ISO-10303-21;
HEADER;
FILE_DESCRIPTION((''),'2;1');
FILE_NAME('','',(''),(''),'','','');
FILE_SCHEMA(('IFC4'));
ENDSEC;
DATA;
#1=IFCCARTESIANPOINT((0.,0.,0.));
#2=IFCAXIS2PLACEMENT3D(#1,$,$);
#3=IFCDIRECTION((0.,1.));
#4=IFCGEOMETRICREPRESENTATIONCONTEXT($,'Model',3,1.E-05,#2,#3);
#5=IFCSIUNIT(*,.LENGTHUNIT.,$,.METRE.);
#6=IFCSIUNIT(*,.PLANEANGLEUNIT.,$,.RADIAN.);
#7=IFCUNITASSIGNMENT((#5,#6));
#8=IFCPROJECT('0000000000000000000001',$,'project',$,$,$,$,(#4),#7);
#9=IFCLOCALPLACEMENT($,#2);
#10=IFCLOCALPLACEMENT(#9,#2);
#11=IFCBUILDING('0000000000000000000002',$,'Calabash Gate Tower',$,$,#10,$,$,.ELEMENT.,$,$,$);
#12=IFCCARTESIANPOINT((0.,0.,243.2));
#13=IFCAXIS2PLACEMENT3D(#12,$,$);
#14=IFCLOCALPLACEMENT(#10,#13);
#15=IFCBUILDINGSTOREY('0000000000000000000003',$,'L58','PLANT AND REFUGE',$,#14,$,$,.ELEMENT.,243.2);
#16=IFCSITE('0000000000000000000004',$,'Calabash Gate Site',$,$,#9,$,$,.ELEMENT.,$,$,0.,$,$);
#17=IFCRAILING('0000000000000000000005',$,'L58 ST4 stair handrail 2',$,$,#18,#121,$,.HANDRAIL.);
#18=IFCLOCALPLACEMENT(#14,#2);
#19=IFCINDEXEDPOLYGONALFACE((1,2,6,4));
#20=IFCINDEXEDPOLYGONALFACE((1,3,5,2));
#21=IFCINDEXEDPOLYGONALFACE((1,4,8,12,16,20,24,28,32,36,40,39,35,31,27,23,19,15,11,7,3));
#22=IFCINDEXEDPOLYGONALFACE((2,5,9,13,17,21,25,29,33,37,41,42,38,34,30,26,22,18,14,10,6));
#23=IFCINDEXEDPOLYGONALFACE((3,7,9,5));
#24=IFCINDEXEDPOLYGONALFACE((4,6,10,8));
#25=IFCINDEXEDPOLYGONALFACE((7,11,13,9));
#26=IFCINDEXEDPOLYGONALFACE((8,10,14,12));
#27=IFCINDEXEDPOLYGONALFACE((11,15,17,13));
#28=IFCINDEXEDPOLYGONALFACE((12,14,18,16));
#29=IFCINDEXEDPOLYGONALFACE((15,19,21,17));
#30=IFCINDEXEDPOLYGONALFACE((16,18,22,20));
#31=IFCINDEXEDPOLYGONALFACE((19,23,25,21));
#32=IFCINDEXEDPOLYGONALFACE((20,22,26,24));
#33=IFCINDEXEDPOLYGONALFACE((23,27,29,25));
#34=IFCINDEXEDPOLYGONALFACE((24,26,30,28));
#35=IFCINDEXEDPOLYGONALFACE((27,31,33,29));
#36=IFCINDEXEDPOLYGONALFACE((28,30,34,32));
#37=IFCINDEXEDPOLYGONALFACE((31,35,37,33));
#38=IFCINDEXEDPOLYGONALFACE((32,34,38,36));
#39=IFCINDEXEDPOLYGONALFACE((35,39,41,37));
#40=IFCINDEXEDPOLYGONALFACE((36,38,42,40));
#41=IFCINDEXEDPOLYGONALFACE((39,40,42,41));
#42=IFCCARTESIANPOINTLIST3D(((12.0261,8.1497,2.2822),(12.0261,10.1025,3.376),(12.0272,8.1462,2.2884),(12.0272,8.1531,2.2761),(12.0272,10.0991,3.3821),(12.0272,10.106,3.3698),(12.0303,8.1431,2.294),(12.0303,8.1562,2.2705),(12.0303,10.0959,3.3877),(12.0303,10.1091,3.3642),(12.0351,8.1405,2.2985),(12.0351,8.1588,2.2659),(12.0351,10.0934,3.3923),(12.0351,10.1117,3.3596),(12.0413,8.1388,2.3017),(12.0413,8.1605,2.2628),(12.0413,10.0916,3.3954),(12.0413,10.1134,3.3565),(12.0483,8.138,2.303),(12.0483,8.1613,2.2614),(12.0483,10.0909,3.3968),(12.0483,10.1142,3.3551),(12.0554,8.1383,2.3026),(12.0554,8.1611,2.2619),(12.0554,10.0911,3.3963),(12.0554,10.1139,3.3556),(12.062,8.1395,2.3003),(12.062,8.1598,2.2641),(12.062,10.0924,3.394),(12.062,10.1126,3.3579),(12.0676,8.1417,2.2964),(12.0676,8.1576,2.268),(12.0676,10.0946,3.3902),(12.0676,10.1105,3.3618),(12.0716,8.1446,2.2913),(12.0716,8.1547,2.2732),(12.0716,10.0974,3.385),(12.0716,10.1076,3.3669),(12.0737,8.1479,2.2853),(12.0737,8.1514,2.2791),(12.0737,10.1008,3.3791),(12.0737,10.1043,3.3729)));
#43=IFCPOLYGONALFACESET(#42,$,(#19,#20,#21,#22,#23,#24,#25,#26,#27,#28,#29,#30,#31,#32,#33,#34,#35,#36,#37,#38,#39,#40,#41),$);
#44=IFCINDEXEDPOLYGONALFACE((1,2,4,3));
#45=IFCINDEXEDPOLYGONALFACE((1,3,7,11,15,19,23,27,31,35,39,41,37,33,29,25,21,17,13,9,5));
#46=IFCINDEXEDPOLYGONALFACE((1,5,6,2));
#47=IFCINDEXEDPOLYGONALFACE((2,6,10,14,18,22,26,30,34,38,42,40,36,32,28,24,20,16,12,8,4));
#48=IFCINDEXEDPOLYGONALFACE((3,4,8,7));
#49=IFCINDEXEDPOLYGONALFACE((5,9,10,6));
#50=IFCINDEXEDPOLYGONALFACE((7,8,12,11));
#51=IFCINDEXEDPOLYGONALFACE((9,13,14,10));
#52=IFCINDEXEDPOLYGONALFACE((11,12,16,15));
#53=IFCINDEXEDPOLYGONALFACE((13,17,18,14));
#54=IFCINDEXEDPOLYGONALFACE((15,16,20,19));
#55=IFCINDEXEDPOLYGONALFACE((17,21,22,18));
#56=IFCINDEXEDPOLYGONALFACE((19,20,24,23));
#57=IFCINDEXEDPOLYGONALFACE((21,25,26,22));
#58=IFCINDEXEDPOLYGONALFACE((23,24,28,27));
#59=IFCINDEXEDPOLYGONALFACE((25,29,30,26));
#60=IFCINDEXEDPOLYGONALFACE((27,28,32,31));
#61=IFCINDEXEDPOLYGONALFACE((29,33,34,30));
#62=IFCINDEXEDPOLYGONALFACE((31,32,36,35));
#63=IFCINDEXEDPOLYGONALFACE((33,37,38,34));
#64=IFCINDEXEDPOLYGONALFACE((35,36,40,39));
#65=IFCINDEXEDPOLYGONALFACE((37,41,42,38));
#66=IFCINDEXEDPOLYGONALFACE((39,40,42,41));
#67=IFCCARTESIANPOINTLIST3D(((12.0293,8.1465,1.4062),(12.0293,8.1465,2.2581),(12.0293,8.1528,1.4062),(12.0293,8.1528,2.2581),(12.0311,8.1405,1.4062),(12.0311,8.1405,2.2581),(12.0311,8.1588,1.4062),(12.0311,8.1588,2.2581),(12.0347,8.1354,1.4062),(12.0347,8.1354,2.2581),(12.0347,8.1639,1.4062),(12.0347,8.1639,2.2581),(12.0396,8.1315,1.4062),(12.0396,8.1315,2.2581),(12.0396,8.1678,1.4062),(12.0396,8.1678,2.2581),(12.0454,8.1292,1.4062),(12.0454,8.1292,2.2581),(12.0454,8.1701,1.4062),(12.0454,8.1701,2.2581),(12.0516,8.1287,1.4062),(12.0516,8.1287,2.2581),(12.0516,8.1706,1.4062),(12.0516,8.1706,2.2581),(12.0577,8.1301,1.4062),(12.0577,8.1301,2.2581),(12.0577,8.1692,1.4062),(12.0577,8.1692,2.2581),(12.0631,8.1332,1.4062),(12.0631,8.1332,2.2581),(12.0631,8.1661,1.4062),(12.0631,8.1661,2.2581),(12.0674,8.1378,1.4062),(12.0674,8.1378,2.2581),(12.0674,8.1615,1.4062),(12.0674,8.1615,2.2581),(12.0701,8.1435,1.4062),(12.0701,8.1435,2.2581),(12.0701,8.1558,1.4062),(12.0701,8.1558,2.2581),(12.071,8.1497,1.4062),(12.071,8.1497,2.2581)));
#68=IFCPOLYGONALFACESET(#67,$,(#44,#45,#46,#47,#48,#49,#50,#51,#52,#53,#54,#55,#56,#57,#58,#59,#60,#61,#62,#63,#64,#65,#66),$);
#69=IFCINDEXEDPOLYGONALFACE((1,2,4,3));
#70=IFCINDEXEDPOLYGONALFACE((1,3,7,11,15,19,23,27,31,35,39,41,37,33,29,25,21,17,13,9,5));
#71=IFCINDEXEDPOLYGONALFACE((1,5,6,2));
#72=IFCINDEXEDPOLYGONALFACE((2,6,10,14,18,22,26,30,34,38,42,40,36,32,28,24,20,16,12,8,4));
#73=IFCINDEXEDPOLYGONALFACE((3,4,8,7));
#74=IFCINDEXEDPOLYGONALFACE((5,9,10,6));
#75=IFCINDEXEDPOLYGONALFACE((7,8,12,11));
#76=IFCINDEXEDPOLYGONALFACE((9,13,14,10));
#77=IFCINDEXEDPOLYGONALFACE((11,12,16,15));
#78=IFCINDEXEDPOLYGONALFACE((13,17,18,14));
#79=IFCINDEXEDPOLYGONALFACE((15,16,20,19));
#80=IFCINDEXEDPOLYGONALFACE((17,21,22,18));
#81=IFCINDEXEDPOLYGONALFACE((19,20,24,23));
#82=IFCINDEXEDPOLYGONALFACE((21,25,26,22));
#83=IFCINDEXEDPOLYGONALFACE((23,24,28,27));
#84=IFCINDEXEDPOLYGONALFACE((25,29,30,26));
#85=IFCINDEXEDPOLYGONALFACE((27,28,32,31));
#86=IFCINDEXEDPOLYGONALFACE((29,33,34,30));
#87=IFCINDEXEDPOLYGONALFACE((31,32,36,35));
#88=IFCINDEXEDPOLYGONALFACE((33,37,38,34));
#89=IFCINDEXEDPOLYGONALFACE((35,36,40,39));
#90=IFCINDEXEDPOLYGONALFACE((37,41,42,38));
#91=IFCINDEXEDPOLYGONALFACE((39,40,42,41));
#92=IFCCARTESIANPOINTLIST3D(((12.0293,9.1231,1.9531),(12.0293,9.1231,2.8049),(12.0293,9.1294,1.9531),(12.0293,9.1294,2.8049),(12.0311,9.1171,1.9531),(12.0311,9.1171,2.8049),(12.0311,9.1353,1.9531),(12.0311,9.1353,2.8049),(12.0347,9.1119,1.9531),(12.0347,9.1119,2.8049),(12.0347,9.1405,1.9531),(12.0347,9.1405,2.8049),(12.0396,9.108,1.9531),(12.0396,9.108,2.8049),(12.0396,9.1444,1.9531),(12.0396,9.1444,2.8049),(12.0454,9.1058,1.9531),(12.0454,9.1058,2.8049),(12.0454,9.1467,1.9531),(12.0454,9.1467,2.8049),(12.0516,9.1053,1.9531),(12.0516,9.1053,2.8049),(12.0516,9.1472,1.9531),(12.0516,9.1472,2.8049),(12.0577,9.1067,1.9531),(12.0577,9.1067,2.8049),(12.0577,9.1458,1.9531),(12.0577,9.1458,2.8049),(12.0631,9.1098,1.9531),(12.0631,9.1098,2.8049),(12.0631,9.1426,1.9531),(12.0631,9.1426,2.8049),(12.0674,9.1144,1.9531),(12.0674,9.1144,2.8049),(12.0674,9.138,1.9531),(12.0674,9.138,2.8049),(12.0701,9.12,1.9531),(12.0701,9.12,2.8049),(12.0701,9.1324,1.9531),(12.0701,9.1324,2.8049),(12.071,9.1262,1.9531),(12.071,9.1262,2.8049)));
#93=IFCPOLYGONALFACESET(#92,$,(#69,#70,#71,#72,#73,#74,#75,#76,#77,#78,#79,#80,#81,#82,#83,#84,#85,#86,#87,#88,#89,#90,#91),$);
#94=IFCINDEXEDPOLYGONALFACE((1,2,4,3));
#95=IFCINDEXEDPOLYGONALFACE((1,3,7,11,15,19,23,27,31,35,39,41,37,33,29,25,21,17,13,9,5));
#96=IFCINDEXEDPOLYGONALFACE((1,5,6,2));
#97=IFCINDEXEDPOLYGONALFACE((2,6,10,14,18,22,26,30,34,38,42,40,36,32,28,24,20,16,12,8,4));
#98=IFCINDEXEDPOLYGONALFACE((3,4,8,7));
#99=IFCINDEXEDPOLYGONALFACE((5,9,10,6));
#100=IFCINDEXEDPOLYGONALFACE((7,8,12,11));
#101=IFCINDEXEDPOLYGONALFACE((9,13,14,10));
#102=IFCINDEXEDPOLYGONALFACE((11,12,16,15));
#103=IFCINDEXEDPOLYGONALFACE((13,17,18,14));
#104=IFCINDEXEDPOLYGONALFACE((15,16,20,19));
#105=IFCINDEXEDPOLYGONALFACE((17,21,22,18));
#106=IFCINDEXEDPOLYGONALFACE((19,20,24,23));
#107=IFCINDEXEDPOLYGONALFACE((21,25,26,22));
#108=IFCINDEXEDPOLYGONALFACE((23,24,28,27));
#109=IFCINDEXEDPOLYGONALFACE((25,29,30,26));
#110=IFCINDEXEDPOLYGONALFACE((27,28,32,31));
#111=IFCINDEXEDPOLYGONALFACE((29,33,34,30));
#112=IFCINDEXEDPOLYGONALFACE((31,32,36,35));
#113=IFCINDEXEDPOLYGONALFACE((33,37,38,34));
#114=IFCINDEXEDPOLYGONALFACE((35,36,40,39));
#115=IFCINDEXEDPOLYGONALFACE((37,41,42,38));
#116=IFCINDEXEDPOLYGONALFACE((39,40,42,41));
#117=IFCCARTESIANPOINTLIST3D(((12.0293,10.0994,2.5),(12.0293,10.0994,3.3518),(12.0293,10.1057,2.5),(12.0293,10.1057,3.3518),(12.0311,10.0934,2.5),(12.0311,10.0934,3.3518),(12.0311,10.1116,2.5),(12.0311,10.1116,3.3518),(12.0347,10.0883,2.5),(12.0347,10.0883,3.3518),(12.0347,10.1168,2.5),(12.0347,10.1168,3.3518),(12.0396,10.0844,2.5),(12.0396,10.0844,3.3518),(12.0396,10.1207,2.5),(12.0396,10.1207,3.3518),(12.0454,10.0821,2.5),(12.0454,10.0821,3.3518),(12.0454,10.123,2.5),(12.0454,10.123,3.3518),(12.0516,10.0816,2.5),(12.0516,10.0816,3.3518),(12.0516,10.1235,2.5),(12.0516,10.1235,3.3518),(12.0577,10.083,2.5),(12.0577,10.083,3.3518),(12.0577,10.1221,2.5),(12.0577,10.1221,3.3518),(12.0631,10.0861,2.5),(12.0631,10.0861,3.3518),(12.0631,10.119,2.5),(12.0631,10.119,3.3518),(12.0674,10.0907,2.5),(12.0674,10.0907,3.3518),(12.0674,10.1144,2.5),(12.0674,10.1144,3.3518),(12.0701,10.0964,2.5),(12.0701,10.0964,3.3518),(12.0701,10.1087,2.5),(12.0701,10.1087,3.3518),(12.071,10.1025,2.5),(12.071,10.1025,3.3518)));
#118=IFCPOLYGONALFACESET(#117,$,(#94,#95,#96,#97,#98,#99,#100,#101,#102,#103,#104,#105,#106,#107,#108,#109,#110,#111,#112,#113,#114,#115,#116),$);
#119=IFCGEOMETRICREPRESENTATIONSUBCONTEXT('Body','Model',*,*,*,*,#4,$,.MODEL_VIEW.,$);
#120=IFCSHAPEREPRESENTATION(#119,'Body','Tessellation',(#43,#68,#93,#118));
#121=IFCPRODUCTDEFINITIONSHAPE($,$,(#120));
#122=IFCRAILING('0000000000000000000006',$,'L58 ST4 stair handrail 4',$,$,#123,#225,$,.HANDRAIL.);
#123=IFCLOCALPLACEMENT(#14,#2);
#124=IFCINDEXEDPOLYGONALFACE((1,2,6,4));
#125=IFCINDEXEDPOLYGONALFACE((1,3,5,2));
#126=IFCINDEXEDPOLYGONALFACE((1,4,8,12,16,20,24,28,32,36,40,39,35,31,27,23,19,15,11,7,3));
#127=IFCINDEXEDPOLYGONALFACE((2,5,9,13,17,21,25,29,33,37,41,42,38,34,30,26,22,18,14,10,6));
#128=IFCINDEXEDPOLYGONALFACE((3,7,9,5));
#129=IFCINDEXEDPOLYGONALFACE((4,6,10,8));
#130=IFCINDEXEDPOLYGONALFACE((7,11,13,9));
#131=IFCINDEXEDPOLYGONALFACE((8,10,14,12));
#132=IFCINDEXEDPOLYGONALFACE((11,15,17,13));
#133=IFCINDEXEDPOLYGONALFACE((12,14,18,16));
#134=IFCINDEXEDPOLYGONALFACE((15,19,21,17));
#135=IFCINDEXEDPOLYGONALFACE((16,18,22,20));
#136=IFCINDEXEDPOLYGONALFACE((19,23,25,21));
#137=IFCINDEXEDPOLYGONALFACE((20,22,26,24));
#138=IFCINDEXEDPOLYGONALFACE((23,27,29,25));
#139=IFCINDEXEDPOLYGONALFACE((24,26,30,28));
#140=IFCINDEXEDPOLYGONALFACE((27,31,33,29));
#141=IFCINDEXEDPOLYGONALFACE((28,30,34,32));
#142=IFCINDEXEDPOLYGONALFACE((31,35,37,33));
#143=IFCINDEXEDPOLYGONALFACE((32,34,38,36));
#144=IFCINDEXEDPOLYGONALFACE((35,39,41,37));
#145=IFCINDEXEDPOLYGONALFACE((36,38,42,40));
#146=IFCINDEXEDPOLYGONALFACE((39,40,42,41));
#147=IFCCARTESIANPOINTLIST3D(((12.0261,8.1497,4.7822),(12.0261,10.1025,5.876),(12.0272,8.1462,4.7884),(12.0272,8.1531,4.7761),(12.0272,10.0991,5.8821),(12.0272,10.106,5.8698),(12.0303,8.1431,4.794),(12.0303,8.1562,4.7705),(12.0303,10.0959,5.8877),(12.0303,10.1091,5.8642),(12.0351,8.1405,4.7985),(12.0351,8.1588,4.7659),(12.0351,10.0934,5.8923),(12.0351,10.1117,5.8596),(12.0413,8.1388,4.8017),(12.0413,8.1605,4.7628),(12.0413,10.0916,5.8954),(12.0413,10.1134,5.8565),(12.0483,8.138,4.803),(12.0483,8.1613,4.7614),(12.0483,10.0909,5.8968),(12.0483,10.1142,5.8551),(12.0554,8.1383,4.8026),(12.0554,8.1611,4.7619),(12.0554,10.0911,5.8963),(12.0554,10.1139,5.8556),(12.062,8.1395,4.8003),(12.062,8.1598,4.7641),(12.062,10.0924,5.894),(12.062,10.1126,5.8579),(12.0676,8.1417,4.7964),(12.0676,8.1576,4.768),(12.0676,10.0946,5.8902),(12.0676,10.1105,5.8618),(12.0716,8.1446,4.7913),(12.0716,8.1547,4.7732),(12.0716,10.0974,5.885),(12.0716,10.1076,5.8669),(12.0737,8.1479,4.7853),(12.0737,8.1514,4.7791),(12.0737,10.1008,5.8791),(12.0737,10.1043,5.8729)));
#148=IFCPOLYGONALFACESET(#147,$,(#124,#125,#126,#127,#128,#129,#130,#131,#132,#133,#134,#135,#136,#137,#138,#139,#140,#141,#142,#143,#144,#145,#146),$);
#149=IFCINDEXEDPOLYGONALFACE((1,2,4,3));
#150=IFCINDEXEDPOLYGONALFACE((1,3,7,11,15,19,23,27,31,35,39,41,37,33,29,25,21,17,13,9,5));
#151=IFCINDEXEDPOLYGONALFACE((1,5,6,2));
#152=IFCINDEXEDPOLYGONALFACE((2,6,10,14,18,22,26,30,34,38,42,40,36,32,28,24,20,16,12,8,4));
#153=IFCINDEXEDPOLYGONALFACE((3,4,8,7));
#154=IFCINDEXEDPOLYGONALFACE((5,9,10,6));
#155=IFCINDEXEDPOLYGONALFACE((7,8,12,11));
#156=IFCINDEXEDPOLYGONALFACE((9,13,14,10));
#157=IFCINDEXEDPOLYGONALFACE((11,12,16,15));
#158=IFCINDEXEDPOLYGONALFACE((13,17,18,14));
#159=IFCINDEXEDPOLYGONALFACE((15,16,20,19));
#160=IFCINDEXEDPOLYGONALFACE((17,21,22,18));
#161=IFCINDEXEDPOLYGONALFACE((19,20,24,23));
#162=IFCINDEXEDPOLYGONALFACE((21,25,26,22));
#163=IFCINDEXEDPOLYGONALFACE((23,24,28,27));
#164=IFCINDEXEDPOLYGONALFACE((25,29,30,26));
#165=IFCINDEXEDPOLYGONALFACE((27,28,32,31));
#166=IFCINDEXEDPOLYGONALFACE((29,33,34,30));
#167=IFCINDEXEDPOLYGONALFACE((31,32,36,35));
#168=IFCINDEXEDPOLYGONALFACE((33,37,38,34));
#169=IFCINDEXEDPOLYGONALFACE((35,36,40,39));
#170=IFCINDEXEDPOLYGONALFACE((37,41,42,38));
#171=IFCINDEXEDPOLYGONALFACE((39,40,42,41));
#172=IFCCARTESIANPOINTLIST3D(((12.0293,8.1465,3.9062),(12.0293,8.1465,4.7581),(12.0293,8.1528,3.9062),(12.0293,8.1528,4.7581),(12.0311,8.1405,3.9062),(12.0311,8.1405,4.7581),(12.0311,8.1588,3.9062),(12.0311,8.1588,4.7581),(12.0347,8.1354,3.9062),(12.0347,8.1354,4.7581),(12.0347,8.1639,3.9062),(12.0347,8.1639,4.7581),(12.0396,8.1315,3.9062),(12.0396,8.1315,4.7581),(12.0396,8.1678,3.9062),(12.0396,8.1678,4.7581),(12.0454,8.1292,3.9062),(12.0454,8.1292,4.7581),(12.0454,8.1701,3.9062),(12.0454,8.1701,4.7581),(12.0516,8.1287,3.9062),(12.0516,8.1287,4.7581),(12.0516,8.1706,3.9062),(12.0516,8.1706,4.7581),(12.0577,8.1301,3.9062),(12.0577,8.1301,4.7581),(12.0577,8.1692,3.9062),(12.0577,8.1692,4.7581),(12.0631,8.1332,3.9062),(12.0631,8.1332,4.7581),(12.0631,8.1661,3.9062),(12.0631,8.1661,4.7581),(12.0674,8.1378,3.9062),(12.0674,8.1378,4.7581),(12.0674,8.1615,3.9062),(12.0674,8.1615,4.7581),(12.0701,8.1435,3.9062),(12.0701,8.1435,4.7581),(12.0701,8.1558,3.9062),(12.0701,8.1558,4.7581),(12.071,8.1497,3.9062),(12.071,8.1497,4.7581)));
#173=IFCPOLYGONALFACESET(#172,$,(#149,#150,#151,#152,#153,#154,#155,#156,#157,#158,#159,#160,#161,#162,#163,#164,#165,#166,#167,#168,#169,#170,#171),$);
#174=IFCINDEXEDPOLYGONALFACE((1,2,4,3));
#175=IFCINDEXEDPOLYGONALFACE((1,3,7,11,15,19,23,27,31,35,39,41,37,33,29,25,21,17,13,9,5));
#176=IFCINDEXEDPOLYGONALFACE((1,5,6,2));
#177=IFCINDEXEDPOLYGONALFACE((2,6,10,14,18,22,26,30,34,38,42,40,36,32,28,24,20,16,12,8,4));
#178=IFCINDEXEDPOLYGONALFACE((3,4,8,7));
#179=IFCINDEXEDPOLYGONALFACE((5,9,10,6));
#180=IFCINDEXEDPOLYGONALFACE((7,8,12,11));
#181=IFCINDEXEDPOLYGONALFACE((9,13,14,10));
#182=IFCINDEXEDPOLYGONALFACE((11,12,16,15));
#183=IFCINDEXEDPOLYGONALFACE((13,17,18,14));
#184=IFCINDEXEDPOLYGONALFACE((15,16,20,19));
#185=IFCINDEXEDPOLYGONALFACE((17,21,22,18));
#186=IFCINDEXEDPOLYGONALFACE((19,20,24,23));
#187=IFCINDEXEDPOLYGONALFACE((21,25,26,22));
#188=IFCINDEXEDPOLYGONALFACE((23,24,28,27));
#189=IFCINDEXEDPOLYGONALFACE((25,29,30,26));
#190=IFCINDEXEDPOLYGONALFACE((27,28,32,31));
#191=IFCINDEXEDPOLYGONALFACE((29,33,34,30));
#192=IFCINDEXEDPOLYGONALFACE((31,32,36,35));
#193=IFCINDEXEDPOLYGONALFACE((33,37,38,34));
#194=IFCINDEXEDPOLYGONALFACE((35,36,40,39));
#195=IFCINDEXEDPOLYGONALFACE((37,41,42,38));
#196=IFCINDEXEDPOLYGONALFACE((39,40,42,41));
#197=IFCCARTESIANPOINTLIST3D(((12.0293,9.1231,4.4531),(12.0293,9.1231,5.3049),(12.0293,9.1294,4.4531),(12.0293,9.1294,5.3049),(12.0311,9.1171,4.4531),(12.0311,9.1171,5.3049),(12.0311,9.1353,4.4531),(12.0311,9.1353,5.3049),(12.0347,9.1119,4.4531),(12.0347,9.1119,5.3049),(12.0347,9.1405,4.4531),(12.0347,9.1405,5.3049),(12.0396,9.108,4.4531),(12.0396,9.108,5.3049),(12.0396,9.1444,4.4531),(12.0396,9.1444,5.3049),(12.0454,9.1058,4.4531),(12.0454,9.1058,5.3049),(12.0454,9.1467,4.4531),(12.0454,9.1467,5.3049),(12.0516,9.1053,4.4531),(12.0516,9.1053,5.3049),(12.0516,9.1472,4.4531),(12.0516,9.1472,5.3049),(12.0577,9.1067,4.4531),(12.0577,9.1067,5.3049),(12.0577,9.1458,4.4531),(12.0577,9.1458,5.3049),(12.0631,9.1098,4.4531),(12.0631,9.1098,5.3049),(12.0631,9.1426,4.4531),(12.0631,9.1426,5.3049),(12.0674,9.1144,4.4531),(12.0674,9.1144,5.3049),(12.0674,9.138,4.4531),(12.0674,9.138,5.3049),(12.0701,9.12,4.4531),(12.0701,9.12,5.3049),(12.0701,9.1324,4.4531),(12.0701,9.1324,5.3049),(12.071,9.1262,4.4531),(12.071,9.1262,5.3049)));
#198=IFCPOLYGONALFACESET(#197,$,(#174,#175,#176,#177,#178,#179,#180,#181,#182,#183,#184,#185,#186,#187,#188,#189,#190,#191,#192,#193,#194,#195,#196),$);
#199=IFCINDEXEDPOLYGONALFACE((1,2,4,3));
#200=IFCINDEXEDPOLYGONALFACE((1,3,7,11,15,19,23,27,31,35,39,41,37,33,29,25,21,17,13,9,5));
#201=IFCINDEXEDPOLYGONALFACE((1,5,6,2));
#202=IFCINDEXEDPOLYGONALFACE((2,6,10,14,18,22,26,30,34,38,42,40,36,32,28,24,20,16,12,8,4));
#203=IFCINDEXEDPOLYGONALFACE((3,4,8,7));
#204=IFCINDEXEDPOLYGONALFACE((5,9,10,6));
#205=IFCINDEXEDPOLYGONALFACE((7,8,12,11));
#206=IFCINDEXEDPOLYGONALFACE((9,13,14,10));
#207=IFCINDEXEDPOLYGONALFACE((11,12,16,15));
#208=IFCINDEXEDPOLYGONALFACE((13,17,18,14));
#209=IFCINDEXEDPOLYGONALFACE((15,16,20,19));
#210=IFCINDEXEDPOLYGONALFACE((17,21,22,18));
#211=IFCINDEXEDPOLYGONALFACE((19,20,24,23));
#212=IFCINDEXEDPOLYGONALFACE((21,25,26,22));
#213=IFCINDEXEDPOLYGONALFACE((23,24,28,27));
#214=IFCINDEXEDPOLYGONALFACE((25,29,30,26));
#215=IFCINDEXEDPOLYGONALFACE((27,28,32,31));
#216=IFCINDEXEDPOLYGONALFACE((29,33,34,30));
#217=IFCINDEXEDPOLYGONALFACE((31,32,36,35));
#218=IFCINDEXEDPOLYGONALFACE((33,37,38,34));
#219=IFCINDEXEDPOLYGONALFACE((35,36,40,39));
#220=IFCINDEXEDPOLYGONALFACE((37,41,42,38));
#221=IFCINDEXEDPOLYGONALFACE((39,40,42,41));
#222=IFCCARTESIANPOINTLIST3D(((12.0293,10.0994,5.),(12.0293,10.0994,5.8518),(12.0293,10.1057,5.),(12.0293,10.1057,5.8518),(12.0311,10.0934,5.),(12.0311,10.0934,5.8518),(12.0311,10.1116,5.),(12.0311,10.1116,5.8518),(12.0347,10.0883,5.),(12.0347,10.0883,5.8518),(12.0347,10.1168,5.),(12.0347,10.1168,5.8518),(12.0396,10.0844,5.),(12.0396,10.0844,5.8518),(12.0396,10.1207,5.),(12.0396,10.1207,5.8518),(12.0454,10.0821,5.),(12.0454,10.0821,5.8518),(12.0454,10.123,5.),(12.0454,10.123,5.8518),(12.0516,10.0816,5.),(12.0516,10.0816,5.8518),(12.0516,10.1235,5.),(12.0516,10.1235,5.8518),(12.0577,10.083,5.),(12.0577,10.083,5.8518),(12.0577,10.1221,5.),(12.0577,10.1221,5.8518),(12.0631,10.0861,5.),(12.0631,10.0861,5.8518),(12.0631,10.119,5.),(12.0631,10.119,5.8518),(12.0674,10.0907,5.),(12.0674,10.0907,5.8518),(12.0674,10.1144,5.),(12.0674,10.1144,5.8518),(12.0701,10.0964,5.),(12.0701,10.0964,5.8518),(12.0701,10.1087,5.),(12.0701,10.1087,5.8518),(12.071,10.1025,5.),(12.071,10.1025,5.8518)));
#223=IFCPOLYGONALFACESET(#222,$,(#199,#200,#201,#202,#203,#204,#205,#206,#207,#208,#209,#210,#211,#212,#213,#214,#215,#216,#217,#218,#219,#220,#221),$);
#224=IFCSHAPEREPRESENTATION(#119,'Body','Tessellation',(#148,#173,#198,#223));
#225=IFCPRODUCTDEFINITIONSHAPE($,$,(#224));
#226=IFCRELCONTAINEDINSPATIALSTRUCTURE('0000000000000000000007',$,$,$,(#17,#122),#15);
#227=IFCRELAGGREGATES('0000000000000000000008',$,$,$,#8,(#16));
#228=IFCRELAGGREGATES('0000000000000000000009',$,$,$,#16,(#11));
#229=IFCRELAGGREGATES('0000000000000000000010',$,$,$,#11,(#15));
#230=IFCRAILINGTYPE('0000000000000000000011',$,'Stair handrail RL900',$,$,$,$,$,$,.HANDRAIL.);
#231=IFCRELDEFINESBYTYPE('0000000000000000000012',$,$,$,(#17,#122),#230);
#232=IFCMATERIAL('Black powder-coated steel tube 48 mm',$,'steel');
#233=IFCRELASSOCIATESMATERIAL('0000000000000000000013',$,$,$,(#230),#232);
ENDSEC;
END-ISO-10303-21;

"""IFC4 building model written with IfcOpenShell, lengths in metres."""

from ifc_helpers import new_model, si_unit, direction, frame, origin, origin_2d, place, context, subcontext, project, spatial, circle, extrude, material, type_object, element, save


model = new_model("IFC4")

# Units and contexts
model_context = context("Model", 3, precision=1e-05, world=origin(), true_north=direction((0.0, 1.0)))
body_context = subcontext(model_context, "Body", "Model", "MODEL_VIEW")
ifc_project = project(units=[si_unit("LENGTHUNIT", "METRE"), si_unit("PLANEANGLEUNIT", "RADIAN")], contexts=[model_context])

# Site, building, storey
site_placement = place(None, origin())
site = spatial("IfcSite", under=ifc_project, at=site_placement, Name="Calabash Gate Site", CompositionType="ELEMENT", RefElevation=0.0)
building_placement = place(site_placement, origin())
building = spatial("IfcBuilding", under=site, at=building_placement, Name="Calabash Gate Tower", CompositionType="ELEMENT")
storey_placement = place(building_placement, frame((0.0, 0.0, 243.2)))
storey = spatial("IfcBuildingStorey", under=building, at=storey_placement, Name="L58", Description="PLANT AND REFUGE", CompositionType="ELEMENT", Elevation=243.2)

# Railings
ifc_material_1 = material(Name="Black powder-coated steel tube 48 mm", Category="steel")
railing_type = type_object("IfcRailingType", Name="Stair handrail RL900", PredefinedType="HANDRAIL", material=ifc_material_1)
for number, where, name in (
    (1, (12.05, 8.1497, 1.4062), "L58 ST4 stair handrail 2"),
    (2, (12.05, 8.1497, 3.9062), "L58 ST4 stair handrail 4"),
):
    element("IfcRailing", number, at=place(storey_placement, frame(where)), inside=storey, type_object=railing_type, Name=name, PredefinedType="HANDRAIL", context=body_context, shape_type="SweptSolid", body=[
        extrude(circle(Radius=0.0239, at=origin_2d()), frame((0.0, 0.0, 0.876), z_axis=(0.0, 0.87248, 0.48865), x_axis=(-1.0, 0.0, 0.0)), (0.0, 0.0, 1.0), 2.2383),
        extrude(circle(Radius=0.021, at=origin_2d()), origin(), (0.0, 0.0, 1.0), 0.8518),
        extrude(circle(Radius=0.021, at=origin_2d()), frame((0.0, 0.9766, 0.5469)), (0.0, 0.0, 1.0), 0.8518),
        extrude(circle(Radius=0.021, at=origin_2d()), frame((0.0, 1.9529, 1.0938)), (0.0, 0.0, 1.0), 0.8518),
    ])

save(model, "model.ifc")
